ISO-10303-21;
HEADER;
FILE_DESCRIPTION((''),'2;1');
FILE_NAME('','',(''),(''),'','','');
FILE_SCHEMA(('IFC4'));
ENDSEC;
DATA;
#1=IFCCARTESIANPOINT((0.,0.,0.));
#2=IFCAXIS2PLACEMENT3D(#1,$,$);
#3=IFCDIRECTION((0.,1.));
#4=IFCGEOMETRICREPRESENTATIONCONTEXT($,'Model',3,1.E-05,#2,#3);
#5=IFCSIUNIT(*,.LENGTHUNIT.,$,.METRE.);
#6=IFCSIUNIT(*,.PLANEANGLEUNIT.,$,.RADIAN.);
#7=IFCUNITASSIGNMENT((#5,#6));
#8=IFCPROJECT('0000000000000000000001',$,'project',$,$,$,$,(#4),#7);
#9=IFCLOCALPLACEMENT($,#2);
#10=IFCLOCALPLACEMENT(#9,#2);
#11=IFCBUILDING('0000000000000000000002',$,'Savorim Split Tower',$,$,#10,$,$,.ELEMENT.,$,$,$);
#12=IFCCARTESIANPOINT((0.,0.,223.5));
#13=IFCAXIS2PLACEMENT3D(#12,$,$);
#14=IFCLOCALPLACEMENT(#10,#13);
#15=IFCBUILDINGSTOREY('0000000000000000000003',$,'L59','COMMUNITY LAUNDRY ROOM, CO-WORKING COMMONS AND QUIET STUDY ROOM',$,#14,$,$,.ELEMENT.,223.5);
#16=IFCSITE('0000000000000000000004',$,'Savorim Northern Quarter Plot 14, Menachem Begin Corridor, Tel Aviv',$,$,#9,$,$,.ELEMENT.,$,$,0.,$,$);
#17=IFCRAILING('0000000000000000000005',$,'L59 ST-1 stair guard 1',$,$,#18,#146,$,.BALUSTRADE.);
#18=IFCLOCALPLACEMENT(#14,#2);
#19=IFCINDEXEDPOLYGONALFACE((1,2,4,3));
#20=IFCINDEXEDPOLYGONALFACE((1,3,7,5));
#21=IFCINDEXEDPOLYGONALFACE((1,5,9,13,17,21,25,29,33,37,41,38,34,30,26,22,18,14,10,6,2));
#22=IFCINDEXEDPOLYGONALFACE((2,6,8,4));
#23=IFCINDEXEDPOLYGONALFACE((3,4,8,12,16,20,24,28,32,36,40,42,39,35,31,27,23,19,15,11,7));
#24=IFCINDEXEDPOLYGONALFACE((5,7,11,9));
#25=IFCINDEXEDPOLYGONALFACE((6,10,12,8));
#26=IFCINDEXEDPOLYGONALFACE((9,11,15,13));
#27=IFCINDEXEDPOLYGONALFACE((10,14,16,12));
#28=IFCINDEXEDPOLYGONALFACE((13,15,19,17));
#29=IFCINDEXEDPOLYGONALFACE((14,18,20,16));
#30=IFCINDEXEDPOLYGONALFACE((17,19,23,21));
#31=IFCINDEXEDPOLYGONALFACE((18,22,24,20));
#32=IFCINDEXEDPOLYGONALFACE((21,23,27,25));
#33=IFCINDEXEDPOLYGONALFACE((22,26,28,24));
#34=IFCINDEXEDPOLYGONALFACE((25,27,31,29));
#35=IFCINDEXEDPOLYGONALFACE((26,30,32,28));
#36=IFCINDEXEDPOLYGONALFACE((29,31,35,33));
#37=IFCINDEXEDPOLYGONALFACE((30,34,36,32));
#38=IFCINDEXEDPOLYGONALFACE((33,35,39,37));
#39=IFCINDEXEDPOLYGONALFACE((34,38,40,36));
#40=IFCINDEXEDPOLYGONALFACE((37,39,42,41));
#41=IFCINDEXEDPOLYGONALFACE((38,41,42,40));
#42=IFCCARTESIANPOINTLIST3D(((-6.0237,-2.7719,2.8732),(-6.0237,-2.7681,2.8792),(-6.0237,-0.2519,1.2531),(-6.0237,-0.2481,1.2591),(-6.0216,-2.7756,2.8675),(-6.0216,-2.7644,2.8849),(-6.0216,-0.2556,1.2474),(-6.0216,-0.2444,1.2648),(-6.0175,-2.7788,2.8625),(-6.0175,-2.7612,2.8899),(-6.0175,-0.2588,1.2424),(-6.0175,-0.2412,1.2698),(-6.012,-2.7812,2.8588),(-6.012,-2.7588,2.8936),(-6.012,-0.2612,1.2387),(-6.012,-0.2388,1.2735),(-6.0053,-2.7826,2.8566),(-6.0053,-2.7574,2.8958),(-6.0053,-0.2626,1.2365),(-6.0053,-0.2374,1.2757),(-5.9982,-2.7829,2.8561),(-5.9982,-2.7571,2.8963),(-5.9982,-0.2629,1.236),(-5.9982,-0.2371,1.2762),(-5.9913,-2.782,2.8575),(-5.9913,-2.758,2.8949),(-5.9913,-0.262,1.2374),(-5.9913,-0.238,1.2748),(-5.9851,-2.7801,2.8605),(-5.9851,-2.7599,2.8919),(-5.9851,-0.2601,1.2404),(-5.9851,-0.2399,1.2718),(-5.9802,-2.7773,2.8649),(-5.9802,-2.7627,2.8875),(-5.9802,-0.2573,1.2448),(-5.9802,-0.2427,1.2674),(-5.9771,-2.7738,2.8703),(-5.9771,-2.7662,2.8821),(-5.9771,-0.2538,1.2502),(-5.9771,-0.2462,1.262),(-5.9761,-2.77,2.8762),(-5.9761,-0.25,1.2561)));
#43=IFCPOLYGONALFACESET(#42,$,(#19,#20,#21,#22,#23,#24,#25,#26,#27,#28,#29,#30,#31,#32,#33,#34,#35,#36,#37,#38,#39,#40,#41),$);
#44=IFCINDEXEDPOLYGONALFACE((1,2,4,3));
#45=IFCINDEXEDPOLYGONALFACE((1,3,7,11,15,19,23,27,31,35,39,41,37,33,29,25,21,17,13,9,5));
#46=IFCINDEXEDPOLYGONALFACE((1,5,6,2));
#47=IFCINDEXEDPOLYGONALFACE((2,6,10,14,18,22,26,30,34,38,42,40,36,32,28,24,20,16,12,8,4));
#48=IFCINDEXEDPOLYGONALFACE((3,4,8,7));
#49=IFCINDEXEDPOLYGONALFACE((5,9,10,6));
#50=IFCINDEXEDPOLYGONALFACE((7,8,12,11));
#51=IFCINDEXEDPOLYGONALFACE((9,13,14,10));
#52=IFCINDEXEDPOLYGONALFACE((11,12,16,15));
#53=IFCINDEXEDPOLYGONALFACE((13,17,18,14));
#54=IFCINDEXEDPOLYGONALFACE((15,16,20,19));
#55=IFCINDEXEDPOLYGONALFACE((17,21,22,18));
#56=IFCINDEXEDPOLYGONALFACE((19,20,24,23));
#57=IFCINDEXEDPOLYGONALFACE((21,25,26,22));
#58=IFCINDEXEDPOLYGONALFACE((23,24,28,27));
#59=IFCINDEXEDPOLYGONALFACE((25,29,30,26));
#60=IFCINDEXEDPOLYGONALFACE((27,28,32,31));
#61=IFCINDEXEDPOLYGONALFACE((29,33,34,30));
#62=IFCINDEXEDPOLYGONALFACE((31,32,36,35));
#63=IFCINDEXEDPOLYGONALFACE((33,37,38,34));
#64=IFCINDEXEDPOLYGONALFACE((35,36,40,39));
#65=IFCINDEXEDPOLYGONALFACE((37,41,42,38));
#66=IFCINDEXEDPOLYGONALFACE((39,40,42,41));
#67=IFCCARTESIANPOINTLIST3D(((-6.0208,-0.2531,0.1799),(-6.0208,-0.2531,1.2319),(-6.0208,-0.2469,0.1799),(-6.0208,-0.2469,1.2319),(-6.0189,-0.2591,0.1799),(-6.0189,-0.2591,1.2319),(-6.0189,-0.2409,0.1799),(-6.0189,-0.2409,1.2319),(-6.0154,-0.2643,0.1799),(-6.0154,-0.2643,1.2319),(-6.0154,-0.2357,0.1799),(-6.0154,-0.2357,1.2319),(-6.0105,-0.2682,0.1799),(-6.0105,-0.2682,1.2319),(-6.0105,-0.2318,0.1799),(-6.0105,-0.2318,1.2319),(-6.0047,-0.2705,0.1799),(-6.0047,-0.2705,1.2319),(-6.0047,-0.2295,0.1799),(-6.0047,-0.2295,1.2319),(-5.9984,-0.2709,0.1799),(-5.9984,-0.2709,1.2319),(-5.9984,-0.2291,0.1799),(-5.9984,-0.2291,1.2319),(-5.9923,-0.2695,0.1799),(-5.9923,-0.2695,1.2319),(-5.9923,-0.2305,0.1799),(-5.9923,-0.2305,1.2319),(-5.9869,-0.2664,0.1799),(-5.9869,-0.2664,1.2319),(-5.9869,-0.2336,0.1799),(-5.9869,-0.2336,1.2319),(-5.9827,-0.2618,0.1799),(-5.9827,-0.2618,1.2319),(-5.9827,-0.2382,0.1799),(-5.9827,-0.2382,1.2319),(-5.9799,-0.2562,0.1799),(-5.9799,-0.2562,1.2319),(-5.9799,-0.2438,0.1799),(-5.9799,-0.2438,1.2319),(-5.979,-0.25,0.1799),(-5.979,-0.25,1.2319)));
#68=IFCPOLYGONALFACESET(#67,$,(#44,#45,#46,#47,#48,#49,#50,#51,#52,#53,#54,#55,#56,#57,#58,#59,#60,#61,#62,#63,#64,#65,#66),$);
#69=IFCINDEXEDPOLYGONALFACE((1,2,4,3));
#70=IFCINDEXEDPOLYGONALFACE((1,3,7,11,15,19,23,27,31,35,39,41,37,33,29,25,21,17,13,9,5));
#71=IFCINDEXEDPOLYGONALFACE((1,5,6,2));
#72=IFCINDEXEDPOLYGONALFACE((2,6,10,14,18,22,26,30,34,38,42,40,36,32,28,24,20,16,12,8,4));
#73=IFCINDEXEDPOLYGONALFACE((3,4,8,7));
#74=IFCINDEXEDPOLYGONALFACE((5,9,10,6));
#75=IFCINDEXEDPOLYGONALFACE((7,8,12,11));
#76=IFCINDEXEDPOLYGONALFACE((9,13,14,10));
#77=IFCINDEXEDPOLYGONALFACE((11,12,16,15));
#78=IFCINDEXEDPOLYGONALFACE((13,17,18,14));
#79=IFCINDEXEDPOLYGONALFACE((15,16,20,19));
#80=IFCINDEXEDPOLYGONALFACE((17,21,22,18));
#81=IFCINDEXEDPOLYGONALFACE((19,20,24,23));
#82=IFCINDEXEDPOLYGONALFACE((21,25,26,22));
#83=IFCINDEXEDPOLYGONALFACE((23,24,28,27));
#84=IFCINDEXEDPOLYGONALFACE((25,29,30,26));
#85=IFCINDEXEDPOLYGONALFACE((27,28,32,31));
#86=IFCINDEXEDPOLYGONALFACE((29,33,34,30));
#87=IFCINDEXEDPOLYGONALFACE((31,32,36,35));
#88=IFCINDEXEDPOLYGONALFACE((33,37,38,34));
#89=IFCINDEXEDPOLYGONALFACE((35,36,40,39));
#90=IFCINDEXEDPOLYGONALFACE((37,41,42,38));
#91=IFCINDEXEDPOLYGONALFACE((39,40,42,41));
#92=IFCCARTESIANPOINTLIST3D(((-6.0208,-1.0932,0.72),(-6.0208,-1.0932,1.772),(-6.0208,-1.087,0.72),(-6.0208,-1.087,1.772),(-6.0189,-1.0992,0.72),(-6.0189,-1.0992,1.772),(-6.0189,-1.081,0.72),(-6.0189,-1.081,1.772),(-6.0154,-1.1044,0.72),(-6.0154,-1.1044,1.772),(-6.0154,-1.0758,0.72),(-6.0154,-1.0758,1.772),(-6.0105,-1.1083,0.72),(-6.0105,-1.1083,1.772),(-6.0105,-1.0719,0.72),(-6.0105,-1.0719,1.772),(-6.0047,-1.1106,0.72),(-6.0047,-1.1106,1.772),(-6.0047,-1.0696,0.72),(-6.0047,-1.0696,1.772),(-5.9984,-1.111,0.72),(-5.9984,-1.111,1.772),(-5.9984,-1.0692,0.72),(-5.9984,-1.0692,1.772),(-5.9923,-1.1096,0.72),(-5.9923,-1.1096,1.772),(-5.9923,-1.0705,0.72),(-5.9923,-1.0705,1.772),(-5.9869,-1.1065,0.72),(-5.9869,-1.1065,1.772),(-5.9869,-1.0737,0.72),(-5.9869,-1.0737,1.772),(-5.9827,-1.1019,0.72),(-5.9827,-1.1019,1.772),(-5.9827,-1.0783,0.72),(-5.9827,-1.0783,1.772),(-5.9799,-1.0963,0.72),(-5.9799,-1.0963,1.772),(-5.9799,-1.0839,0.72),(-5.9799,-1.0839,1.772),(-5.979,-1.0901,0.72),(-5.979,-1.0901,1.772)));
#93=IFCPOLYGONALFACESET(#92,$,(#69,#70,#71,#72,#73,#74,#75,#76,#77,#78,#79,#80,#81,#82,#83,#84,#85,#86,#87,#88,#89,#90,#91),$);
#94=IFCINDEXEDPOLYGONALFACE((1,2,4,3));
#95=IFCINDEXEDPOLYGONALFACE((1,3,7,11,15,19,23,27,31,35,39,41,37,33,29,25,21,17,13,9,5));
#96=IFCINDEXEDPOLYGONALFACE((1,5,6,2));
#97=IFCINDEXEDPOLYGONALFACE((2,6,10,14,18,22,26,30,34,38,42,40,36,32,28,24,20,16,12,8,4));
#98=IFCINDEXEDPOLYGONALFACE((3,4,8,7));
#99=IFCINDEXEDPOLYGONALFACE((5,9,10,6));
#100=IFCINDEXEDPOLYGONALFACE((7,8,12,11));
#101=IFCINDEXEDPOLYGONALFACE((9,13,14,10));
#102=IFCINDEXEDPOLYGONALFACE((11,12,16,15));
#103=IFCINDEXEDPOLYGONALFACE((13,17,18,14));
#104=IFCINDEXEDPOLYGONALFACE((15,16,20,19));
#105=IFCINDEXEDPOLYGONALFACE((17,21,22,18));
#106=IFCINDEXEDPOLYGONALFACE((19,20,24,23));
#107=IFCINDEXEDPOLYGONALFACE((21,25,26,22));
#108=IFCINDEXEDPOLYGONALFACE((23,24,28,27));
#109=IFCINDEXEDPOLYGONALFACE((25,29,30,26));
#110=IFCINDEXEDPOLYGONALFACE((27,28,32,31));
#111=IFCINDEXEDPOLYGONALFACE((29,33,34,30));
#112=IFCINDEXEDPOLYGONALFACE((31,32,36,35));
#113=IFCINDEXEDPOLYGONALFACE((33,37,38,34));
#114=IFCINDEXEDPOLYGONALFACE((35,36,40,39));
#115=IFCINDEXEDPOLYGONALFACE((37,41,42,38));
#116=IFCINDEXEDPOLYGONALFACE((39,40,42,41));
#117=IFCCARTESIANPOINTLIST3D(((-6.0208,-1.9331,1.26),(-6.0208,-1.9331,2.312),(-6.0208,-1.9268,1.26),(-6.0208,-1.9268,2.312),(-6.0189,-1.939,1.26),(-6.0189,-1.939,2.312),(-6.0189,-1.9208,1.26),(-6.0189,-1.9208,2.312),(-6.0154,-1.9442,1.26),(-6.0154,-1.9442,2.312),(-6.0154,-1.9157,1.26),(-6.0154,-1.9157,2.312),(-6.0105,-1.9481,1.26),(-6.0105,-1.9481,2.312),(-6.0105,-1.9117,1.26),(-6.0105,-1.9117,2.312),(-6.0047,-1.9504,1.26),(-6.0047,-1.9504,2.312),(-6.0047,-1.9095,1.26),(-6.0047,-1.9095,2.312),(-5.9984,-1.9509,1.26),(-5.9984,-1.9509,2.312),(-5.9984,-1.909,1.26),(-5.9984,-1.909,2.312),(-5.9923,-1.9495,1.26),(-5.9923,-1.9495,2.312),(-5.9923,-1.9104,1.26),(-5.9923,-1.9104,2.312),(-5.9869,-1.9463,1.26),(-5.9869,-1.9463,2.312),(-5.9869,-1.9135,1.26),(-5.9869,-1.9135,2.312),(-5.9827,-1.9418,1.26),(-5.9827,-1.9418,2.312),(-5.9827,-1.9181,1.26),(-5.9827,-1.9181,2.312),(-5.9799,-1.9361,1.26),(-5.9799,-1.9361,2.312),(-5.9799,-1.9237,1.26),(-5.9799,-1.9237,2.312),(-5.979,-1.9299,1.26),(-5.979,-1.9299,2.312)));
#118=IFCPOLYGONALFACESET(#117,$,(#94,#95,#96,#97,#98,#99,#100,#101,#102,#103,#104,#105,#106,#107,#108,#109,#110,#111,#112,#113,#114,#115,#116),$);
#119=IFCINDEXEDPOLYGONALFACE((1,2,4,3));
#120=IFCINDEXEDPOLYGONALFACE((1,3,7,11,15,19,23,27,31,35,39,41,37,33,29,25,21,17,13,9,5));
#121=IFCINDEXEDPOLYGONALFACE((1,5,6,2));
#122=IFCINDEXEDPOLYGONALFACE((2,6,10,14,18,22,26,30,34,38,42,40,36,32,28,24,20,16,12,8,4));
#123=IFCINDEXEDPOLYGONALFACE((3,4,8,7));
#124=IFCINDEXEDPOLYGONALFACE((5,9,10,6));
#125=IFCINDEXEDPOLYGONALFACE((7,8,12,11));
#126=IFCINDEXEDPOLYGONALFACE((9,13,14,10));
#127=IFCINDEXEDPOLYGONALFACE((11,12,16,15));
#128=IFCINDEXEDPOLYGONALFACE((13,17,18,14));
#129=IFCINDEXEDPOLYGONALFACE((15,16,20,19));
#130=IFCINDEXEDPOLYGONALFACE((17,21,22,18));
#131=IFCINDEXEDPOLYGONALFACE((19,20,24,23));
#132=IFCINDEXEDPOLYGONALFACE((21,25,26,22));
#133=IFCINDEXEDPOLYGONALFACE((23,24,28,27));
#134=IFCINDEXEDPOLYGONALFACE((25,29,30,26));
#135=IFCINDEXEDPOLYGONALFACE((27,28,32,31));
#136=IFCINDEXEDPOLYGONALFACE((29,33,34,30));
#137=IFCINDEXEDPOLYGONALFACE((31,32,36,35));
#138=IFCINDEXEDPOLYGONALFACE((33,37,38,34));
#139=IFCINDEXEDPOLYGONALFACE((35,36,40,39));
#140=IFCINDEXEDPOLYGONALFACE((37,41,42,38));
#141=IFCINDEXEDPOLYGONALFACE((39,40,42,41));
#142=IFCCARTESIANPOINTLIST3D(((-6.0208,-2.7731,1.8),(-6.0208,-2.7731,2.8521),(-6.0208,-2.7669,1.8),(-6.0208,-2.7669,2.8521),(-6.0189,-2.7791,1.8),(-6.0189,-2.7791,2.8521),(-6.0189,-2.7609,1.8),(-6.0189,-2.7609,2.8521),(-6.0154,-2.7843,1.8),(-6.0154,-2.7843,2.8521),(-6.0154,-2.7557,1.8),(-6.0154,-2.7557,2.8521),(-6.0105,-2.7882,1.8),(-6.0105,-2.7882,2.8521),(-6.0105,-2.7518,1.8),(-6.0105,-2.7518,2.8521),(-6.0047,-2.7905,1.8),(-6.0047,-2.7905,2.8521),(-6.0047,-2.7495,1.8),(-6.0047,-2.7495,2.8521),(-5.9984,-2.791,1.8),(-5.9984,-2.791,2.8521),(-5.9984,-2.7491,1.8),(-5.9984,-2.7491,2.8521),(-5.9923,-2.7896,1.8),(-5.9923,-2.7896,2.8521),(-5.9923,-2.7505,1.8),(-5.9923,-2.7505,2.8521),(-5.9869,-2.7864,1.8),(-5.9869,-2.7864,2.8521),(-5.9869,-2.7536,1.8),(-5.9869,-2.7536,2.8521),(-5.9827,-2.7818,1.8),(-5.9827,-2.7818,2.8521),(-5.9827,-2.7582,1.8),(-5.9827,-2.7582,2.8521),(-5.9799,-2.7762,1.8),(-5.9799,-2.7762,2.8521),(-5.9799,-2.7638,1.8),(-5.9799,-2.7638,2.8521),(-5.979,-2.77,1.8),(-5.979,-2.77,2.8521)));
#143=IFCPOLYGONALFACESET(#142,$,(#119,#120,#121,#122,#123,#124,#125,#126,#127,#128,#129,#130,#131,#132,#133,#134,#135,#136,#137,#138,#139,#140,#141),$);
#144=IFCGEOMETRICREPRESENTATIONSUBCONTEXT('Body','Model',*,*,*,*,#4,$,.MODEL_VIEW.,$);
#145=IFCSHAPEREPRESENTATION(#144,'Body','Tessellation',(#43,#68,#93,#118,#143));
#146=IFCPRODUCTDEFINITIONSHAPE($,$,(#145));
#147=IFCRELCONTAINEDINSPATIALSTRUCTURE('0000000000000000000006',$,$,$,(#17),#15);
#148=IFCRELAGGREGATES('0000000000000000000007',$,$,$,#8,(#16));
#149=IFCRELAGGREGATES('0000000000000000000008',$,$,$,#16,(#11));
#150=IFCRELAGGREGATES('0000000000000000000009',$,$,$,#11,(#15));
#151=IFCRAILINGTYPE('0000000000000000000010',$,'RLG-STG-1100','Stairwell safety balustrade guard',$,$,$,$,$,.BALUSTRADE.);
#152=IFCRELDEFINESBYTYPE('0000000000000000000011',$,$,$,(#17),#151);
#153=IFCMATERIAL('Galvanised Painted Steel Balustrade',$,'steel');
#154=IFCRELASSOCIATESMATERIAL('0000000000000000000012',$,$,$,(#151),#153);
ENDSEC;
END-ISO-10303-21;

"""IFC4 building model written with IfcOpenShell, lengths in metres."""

from ifc_helpers import new_model, si_unit, direction, frame, origin, origin_2d, place, context, subcontext, project, spatial, circle, extrude, material, type_object, element, save


model = new_model("IFC4")

# Units and contexts
model_context = context("Model", 3, precision=1e-05, world=origin(), true_north=direction((0.0, 1.0)))
body_context = subcontext(model_context, "Body", "Model", "MODEL_VIEW")
ifc_project = project(units=[si_unit("LENGTHUNIT", "METRE"), si_unit("PLANEANGLEUNIT", "RADIAN")], contexts=[model_context])

# Site, building, storey
site_placement = place(None, origin())
site = spatial("IfcSite", under=ifc_project, at=site_placement, Name="Savorim Northern Quarter Plot 14, Menachem Begin Corridor, Tel Aviv", CompositionType="ELEMENT", RefElevation=0.0)
building_placement = place(site_placement, origin())
building = spatial("IfcBuilding", under=site, at=building_placement, Name="Savorim Split Tower", CompositionType="ELEMENT")
storey_placement = place(building_placement, frame((0.0, 0.0, 223.5)))
storey = spatial("IfcBuildingStorey", under=building, at=storey_placement, Name="L59", Description="COMMUNITY LAUNDRY ROOM, CO-WORKING COMMONS AND QUIET STUDY ROOM", CompositionType="ELEMENT", Elevation=223.5)

# Railing
ifc_material_1 = material(Name="Galvanised Painted Steel Balustrade", Category="steel")
railing_type_1 = type_object("IfcRailingType", Name="RLG-STG-1100", Description="Stairwell safety balustrade guard", PredefinedType="BALUSTRADE", material=ifc_material_1)
railing_1_placement = place(storey_placement, frame((-6.0, -0.25, 0.1799)))
element("IfcRailing", 1, at=railing_1_placement, inside=storey, type_object=railing_type_1, Name="L59 ST-1 stair guard 1", PredefinedType="BALUSTRADE", context=body_context, shape_type="SweptSolid", body=[
    extrude(circle(Radius=0.0239, at=origin_2d()), frame((0.0, 0.0, 1.0762), z_axis=(0.0, -0.841163, 0.540782), x_axis=(1.0, 0.0, 0.0)), (0.0, 0.0, 1.0), 2.9958),
    extrude(circle(Radius=0.021, at=origin_2d()), origin(), (0.0, 0.0, 1.0), 1.052),
    extrude(circle(Radius=0.021, at=origin_2d()), frame((0.0, -0.8401, 0.54)), (0.0, 0.0, 1.0), 1.052),
    extrude(circle(Radius=0.021, at=origin_2d()), frame((0.0, -1.6799, 1.0801)), (0.0, 0.0, 1.0), 1.052),
    extrude(circle(Radius=0.021, at=origin_2d()), frame((0.0, -2.52, 1.6201)), (0.0, 0.0, 1.0), 1.052),
])

save(model, "model.ifc")
